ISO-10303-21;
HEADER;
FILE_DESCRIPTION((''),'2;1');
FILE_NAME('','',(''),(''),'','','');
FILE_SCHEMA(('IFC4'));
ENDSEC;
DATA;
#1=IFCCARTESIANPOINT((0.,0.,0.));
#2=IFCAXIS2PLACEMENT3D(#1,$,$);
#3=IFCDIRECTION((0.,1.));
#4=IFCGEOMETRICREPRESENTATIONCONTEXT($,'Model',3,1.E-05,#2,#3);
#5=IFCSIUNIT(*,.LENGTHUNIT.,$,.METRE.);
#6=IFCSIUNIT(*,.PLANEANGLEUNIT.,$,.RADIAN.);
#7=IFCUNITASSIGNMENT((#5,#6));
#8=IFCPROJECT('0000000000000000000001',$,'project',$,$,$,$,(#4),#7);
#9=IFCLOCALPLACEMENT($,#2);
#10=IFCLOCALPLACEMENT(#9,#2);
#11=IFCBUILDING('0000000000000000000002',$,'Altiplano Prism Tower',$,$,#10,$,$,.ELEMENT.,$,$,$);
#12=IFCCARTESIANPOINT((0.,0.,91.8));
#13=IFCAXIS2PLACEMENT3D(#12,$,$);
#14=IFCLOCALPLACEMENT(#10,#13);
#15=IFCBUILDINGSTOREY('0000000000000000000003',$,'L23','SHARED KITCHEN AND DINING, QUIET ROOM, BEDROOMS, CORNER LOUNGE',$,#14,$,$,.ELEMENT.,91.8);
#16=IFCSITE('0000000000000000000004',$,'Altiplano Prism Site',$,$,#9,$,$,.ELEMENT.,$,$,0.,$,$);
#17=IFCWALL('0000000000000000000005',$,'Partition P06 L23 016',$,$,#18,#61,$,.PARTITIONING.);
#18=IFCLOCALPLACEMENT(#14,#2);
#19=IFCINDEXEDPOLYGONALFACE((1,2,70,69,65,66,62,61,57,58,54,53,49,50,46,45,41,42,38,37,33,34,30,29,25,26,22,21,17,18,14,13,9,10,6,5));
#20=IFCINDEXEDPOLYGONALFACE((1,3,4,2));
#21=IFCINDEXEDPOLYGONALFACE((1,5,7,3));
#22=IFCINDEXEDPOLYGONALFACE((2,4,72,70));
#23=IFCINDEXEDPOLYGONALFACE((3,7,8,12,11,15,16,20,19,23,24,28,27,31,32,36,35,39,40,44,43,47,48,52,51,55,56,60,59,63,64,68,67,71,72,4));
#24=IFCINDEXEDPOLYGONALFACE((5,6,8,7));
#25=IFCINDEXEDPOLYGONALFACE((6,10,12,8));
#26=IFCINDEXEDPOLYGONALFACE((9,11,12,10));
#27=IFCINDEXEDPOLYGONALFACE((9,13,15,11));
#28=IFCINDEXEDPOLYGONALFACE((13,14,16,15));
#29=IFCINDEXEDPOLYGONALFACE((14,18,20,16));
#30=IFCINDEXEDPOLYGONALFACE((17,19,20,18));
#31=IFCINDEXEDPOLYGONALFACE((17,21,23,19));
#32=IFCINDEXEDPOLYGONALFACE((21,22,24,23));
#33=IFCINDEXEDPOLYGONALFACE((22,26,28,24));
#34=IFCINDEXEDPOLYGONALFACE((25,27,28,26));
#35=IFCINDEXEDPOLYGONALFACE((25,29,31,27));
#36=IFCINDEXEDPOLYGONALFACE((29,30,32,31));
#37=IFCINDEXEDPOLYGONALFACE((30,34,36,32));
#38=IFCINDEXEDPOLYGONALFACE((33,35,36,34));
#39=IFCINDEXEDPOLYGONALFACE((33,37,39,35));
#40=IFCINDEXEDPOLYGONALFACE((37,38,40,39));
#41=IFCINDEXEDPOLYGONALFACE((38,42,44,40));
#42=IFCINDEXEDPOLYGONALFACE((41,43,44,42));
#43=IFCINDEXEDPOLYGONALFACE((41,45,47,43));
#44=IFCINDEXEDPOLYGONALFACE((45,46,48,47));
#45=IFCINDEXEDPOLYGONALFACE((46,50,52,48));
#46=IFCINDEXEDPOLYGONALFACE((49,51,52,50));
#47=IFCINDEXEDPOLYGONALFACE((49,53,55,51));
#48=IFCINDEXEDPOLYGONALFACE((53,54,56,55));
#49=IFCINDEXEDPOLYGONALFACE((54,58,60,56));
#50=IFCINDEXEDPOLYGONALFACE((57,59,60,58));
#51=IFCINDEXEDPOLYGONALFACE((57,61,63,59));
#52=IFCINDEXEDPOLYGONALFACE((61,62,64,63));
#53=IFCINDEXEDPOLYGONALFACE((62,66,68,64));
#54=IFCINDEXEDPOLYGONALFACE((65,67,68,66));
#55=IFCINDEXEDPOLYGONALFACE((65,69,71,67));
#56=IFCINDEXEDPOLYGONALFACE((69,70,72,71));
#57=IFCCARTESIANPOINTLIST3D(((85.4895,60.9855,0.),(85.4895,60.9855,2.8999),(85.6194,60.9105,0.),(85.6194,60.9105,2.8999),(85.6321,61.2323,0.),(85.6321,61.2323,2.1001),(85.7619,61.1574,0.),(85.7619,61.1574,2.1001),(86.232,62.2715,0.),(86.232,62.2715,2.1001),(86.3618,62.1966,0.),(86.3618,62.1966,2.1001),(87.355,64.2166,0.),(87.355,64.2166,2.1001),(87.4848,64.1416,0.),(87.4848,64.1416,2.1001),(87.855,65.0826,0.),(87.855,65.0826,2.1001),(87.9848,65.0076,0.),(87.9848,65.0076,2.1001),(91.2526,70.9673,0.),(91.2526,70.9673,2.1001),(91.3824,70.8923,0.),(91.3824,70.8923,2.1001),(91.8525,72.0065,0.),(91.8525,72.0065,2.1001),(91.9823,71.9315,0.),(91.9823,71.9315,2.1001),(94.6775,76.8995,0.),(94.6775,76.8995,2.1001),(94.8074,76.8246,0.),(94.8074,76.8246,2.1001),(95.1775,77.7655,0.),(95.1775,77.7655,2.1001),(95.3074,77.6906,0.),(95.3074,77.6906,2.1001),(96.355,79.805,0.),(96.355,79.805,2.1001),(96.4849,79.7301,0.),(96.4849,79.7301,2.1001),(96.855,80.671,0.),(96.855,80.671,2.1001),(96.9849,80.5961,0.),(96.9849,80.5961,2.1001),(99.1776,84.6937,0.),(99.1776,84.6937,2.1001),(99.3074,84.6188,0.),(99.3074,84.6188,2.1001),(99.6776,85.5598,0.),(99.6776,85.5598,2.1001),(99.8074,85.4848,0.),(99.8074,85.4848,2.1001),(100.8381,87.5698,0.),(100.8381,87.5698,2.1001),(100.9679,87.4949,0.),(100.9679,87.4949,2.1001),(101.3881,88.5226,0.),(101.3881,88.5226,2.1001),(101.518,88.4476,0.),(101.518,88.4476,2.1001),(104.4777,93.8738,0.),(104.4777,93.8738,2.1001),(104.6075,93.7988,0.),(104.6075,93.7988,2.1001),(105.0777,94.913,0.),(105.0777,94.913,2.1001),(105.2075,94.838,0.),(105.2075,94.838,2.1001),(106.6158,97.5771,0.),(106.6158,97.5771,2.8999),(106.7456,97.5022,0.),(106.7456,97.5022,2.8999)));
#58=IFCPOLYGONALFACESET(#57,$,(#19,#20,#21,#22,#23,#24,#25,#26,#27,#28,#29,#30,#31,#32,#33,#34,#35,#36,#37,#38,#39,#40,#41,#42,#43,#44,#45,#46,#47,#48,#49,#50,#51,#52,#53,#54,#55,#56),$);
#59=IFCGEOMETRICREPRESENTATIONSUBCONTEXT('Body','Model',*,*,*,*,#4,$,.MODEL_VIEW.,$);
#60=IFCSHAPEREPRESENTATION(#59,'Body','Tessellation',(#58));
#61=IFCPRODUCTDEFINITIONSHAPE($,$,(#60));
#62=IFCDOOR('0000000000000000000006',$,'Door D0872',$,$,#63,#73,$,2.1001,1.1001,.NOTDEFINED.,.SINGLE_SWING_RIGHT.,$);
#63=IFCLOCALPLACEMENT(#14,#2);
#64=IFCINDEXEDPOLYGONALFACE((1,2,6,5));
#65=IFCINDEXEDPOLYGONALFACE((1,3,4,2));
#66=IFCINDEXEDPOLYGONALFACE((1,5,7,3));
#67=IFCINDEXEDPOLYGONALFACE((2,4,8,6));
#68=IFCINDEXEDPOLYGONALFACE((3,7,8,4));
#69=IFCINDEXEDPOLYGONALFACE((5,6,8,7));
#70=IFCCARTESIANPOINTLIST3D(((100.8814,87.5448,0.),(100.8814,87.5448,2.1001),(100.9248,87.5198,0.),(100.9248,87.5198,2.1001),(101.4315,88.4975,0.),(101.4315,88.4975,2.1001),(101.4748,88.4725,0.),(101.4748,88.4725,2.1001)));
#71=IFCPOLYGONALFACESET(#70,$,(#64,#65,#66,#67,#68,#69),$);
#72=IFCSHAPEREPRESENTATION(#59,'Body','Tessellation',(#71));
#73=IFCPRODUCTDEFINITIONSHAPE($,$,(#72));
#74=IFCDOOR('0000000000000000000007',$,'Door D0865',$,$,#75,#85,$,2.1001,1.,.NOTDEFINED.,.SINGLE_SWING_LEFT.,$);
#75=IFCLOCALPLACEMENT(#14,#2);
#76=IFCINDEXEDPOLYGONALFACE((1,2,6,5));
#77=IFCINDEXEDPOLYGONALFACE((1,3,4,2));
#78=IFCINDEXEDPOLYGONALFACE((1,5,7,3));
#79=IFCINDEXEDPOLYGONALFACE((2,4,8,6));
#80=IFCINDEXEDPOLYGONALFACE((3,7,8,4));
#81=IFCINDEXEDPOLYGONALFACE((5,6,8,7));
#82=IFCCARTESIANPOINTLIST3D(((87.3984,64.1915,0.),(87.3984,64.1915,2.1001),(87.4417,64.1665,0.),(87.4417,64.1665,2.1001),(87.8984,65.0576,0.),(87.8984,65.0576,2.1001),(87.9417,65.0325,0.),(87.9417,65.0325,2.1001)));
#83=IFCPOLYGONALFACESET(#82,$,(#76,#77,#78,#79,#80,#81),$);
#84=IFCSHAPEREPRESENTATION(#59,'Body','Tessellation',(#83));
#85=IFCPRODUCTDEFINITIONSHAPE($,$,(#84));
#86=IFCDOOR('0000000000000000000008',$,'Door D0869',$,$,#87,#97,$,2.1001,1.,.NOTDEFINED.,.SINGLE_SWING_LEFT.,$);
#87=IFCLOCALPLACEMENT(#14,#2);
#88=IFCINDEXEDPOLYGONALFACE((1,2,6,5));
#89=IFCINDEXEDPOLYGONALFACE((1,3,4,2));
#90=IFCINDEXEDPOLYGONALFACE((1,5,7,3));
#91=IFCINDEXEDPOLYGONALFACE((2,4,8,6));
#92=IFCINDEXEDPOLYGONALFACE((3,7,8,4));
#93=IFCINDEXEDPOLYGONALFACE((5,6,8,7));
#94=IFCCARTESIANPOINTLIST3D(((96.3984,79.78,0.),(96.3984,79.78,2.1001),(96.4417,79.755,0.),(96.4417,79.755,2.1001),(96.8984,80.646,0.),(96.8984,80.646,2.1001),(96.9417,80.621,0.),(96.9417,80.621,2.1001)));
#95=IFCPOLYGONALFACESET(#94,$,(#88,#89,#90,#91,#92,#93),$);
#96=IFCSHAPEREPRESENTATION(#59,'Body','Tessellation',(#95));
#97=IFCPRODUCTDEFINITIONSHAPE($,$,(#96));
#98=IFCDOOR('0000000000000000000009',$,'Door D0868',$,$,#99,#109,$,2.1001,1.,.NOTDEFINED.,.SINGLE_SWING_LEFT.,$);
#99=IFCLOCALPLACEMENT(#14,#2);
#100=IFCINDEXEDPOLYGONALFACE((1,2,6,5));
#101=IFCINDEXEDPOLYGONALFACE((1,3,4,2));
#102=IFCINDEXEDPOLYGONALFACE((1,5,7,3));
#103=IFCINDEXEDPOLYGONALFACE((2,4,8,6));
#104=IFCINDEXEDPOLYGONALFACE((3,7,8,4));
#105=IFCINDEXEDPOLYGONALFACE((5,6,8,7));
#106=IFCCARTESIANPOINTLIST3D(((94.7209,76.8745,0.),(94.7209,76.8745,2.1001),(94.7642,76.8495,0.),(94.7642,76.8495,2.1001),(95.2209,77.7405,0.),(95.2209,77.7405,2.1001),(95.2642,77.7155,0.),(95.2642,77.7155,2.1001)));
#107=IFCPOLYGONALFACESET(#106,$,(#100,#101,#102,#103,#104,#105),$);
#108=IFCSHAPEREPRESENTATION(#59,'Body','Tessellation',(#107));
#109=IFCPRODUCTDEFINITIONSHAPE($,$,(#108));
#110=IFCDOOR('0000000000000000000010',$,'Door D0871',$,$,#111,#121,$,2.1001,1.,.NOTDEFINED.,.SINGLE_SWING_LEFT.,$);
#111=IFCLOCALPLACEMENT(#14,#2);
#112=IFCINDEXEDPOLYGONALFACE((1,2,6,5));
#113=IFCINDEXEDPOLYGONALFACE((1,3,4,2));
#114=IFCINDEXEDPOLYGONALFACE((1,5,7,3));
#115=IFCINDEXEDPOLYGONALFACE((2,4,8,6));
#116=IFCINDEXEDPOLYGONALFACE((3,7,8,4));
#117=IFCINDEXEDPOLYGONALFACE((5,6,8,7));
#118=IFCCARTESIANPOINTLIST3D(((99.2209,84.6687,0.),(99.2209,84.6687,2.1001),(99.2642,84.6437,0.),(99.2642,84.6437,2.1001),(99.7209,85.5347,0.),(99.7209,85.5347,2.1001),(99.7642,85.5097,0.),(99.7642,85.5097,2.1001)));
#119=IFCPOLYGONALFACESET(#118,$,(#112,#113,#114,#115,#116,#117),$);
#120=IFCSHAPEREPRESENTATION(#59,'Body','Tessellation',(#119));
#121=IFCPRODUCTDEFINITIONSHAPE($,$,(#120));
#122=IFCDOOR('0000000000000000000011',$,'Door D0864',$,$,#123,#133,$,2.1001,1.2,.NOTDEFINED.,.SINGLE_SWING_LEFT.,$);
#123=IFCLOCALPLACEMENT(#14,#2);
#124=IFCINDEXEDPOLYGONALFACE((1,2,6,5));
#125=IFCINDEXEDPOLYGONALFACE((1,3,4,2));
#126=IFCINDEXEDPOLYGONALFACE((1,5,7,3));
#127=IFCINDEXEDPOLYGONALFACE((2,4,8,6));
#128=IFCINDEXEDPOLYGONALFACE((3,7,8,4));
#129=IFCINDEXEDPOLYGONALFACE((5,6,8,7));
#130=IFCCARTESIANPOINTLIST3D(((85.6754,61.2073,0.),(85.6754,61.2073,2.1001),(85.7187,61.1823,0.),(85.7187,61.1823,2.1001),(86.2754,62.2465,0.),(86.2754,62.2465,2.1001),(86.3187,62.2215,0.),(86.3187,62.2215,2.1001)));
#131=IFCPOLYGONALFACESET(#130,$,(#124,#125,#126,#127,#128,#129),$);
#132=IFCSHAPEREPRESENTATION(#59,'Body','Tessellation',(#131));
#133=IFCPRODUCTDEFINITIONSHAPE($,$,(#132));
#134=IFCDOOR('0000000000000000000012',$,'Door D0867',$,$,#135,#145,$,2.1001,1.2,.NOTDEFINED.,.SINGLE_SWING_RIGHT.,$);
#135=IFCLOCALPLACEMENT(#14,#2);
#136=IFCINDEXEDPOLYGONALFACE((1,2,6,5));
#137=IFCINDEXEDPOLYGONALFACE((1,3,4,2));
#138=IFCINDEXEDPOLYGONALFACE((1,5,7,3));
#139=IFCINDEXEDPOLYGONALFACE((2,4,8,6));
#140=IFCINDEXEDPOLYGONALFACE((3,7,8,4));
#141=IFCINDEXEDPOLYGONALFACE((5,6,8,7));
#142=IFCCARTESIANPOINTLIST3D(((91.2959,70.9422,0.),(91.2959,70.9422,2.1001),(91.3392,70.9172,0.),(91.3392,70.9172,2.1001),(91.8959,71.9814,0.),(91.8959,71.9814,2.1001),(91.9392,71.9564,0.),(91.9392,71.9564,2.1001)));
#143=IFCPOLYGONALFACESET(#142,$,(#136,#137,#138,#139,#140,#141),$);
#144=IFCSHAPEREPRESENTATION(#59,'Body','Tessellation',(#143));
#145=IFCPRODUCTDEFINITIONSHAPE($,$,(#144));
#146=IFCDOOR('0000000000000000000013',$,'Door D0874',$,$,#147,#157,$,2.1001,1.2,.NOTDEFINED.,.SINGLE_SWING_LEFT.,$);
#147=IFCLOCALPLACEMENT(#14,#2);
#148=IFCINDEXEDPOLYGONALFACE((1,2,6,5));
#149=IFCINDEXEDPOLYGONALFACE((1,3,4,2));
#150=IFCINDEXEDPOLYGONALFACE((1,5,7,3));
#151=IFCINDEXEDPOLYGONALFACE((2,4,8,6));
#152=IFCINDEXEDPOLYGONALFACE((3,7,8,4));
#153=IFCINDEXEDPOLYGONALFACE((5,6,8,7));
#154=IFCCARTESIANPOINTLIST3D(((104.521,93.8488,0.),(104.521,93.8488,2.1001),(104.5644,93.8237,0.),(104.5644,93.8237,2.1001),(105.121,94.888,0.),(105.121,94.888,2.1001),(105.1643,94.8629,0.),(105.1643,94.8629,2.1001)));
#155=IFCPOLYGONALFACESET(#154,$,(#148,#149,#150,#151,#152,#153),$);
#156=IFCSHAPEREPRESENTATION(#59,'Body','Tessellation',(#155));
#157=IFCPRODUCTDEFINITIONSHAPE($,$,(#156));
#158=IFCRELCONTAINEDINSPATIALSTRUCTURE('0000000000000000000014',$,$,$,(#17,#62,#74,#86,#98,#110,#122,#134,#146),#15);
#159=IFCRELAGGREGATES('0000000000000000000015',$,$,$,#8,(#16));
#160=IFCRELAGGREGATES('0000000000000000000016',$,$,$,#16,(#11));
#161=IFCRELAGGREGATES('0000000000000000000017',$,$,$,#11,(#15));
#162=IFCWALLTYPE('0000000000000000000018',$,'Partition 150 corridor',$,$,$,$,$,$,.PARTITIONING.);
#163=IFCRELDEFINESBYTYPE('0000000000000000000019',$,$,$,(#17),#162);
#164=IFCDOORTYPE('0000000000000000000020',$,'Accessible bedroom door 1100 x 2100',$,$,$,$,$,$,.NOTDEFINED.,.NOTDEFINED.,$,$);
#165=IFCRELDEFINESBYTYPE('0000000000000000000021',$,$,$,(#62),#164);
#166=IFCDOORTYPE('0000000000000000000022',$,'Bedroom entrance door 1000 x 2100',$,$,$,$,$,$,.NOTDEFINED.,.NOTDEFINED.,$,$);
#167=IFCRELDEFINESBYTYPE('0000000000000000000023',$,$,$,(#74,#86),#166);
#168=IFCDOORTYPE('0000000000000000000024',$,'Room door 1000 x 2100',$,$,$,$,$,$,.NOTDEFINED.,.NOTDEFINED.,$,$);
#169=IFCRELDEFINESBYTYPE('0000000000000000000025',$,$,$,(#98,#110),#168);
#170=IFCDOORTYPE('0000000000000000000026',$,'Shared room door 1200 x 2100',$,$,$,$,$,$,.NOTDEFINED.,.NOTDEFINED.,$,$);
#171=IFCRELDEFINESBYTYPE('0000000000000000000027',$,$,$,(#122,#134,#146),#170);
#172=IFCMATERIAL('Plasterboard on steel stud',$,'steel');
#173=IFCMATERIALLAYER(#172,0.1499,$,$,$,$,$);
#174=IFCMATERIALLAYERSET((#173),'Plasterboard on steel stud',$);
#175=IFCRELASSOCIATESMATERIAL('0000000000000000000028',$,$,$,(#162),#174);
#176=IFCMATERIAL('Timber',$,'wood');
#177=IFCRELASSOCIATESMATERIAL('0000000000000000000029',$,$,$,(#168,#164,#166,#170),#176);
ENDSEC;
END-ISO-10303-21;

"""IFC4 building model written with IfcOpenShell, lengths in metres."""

from ifc_helpers import new_model, si_unit, direction, frame, frame_2d, origin, place, context, subcontext, project, spatial, rectangle, extrude, material, layer, layer_set, type_object, element, fill, save


model = new_model("IFC4")

# Units and contexts
model_context = context("Model", 3, precision=1e-05, world=origin(), true_north=direction((0.0, 1.0)))
body_context = subcontext(model_context, "Body", "Model", "MODEL_VIEW")
ifc_project = project(units=[si_unit("LENGTHUNIT", "METRE"), si_unit("PLANEANGLEUNIT", "RADIAN")], contexts=[model_context])

# Site, building, storey
site_placement = place(None, origin())
site = spatial("IfcSite", under=ifc_project, at=site_placement, Name="Altiplano Prism Site", CompositionType="ELEMENT", RefElevation=0.0)
building_placement = place(site_placement, origin())
building = spatial("IfcBuilding", under=site, at=building_placement, Name="Altiplano Prism Tower", CompositionType="ELEMENT")
storey_placement = place(building_placement, frame((0.0, 0.0, 91.8)))
storey = spatial("IfcBuildingStorey", under=building, at=storey_placement, Name="L23", Description="SHARED KITCHEN AND DINING, QUIET ROOM, BEDROOMS, CORNER LOUNGE", CompositionType="ELEMENT", Elevation=91.8)

# Shared definitions
ifc_material_1 = material(Name="Plasterboard on steel stud", Category="steel")

# Shared definitions
ifc_layer_1 = layer(ifc_material_1, 0.1499)
ifc_layer_set_1 = layer_set([ifc_layer_1], Name="Plasterboard on steel stud")
wall_type_1 = type_object("IfcWallType", Name="Partition 150 corridor", PredefinedType="PARTITIONING", material=ifc_layer_set_1)
ifc_material_2 = material(Name="Timber", Category="wood")
door_type_1 = type_object("IfcDoorType", Name="Room door 1000 x 2100", OperationType="NOTDEFINED", PredefinedType="NOTDEFINED", material=ifc_material_2)

# Wall, openings, doors
wall_1_placement = place(storey_placement, frame((85.5544, 60.948, 0.0), z_axis=(0.0, 0.0, 1.0), x_axis=(0.500001, 0.866025, 0.0)))
wall_1 = element("IfcWall", 1, at=wall_1_placement, inside=storey, type_object=wall_type_1, Name="Partition P06 L23 016", PredefinedType="PARTITIONING", context=body_context, shape_type="SweptSolid", body=[
    extrude(rectangle(XDim=42.2524, YDim=0.1499, at=frame_2d((21.1262, 0.0))), origin(), (0.0, 0.0, 1.0), 2.8999),
])
opening_1_placement = place(wall_1_placement, frame((0.2849, 0.0, 0.0)))
opening_1 = element("IfcOpeningElement", 2, at=opening_1_placement, cuts=wall_1, PredefinedType="OPENING", context=body_context, shape_type="SweptSolid", body=[
    extrude(rectangle(XDim=1.2, YDim=2.1001, at=frame_2d((0.6001, 1.05))), frame((0.0, 0.0854, 0.0), z_axis=(0.0, -1.0, 0.0), x_axis=(1.0, 0.0, 0.0)), (0.0, 0.0, 1.0), 0.1709),
])
opening_2_placement = place(wall_1_placement, frame((3.731, 0.0, 0.0)))
opening_2 = element("IfcOpeningElement", 3, at=opening_2_placement, cuts=wall_1, PredefinedType="OPENING", context=body_context, shape_type="SweptSolid", body=[
    extrude(rectangle(XDim=1.0, YDim=2.1001, at=frame_2d((0.5, 1.05))), frame((0.0, 0.0854, 0.0), z_axis=(0.0, -1.0, 0.0), x_axis=(1.0, 0.0, 0.0)), (0.0, 0.0, 1.0), 0.1709),
])
opening_3_placement = place(wall_1_placement, frame((11.5259, 0.0, 0.0)))
opening_3 = element("IfcOpeningElement", 4, at=opening_3_placement, cuts=wall_1, PredefinedType="OPENING", context=body_context, shape_type="SweptSolid", body=[
    extrude(rectangle(XDim=1.2, YDim=2.1001, at=frame_2d((0.6001, 1.05))), frame((0.0, 0.0854, 0.0), z_axis=(0.0, -1.0, 0.0), x_axis=(1.0, 0.0, 0.0)), (0.0, 0.0, 1.0), 0.1709),
])
opening_4_placement = place(wall_1_placement, frame((18.376, 0.0, 0.0)))
opening_4 = element("IfcOpeningElement", 5, at=opening_4_placement, cuts=wall_1, PredefinedType="OPENING", context=body_context, shape_type="SweptSolid", body=[
    extrude(rectangle(XDim=1.0, YDim=2.1001, at=frame_2d((0.5, 1.05))), frame((0.0, 0.0854, 0.0), z_axis=(0.0, -1.0, 0.0), x_axis=(1.0, 0.0, 0.0)), (0.0, 0.0, 1.0), 0.1709),
])
opening_5_placement = place(wall_1_placement, frame((21.731, 0.0, 0.0)))
opening_5 = element("IfcOpeningElement", 6, at=opening_5_placement, cuts=wall_1, PredefinedType="OPENING", context=body_context, shape_type="SweptSolid", body=[
    extrude(rectangle(XDim=1.0, YDim=2.1001, at=frame_2d((0.5, 1.05))), frame((0.0, 0.0854, 0.0), z_axis=(0.0, -1.0, 0.0), x_axis=(1.0, 0.0, 0.0)), (0.0, 0.0, 1.0), 0.1709),
])
opening_6_placement = place(wall_1_placement, frame((27.376, 0.0, 0.0)))
opening_6 = element("IfcOpeningElement", 7, at=opening_6_placement, cuts=wall_1, PredefinedType="OPENING", context=body_context, shape_type="SweptSolid", body=[
    extrude(rectangle(XDim=1.0, YDim=2.1001, at=frame_2d((0.5, 1.05))), frame((0.0, 0.0854, 0.0), z_axis=(0.0, -1.0, 0.0), x_axis=(1.0, 0.0, 0.0)), (0.0, 0.0, 1.0), 0.1709),
])
opening_7_placement = place(wall_1_placement, frame((30.697, 0.0, 0.0)))
opening_7 = element("IfcOpeningElement", 8, at=opening_7_placement, cuts=wall_1, PredefinedType="OPENING", context=body_context, shape_type="SweptSolid", body=[
    extrude(rectangle(XDim=1.1001, YDim=2.1001, at=frame_2d((0.55, 1.05))), frame((0.0, 0.0854, 0.0), z_axis=(0.0, -1.0, 0.0), x_axis=(1.0, 0.0, 0.0)), (0.0, 0.0, 1.0), 0.1709),
])
opening_8_placement = place(wall_1_placement, frame((37.9761, 0.0, 0.0)))
opening_8 = element("IfcOpeningElement", 9, at=opening_8_placement, cuts=wall_1, PredefinedType="OPENING", context=body_context, shape_type="SweptSolid", body=[
    extrude(rectangle(XDim=1.2, YDim=2.1001, at=frame_2d((0.6001, 1.05))), frame((0.0, 0.0854, 0.0), z_axis=(0.0, -1.0, 0.0), x_axis=(1.0, 0.0, 0.0)), (0.0, 0.0, 1.0), 0.1709),
])
door_type_2 = type_object("IfcDoorType", Name="Accessible bedroom door 1100 x 2100", OperationType="NOTDEFINED", PredefinedType="NOTDEFINED", material=ifc_material_2)
door_1_placement = place(opening_7_placement, origin())
door_1 = element("IfcDoor", 10, at=door_1_placement, inside=storey, type_object=door_type_2, Name="Door D0872", OperationType="SINGLE_SWING_RIGHT", OverallHeight=2.1001, OverallWidth=1.1001, PredefinedType="NOTDEFINED", context=body_context, shape_type="SweptSolid", body=[
    extrude(rectangle(XDim=1.1001, YDim=2.1001, at=frame_2d((0.55, 1.05))), frame((0.0, 0.0249, 0.0), z_axis=(0.0, -1.0, 0.0), x_axis=(1.0, 0.0, 0.0)), (0.0, 0.0, 1.0), 0.05),
])
fill(opening_7, door_1)
door_type_3 = type_object("IfcDoorType", Name="Bedroom entrance door 1000 x 2100", OperationType="NOTDEFINED", PredefinedType="NOTDEFINED", material=ifc_material_2)
door_2_placement = place(opening_2_placement, origin())
door_2 = element("IfcDoor", 11, at=door_2_placement, inside=storey, type_object=door_type_3, Name="Door D0865", OperationType="SINGLE_SWING_LEFT", OverallHeight=2.1001, OverallWidth=1.0, PredefinedType="NOTDEFINED", context=body_context, shape_type="SweptSolid", body=[
    extrude(rectangle(XDim=1.0, YDim=2.1001, at=frame_2d((0.5, 1.05))), frame((0.0, 0.0249, 0.0), z_axis=(0.0, -1.0, 0.0), x_axis=(1.0, 0.0, 0.0)), (0.0, 0.0, 1.0), 0.05),
])
fill(opening_2, door_2)
door_3_placement = place(opening_5_placement, origin())
door_3 = element("IfcDoor", 12, at=door_3_placement, inside=storey, type_object=door_type_3, Name="Door D0869", OperationType="SINGLE_SWING_LEFT", OverallHeight=2.1001, OverallWidth=1.0, PredefinedType="NOTDEFINED", context=body_context, shape_type="SweptSolid", body=[
    extrude(rectangle(XDim=1.0, YDim=2.1001, at=frame_2d((0.5, 1.05))), frame((0.0, 0.0249, 0.0), z_axis=(0.0, -1.0, 0.0), x_axis=(1.0, 0.0, 0.0)), (0.0, 0.0, 1.0), 0.05),
])
fill(opening_5, door_3)
door_4_placement = place(opening_4_placement, origin())
door_4 = element("IfcDoor", 13, at=door_4_placement, inside=storey, type_object=door_type_1, Name="Door D0868", OperationType="SINGLE_SWING_LEFT", OverallHeight=2.1001, OverallWidth=1.0, PredefinedType="NOTDEFINED", context=body_context, shape_type="SweptSolid", body=[
    extrude(rectangle(XDim=1.0, YDim=2.1001, at=frame_2d((0.5, 1.05))), frame((0.0, 0.0249, 0.0), z_axis=(0.0, -1.0, 0.0), x_axis=(1.0, 0.0, 0.0)), (0.0, 0.0, 1.0), 0.05),
])
fill(opening_4, door_4)
door_5_placement = place(opening_6_placement, origin())
door_5 = element("IfcDoor", 14, at=door_5_placement, inside=storey, type_object=door_type_1, Name="Door D0871", OperationType="SINGLE_SWING_LEFT", OverallHeight=2.1001, OverallWidth=1.0, PredefinedType="NOTDEFINED", context=body_context, shape_type="SweptSolid", body=[
    extrude(rectangle(XDim=1.0, YDim=2.1001, at=frame_2d((0.5, 1.05))), frame((0.0, 0.0249, 0.0), z_axis=(0.0, -1.0, 0.0), x_axis=(1.0, 0.0, 0.0)), (0.0, 0.0, 1.0), 0.05),
])
fill(opening_6, door_5)
door_type_4 = type_object("IfcDoorType", Name="Shared room door 1200 x 2100", OperationType="NOTDEFINED", PredefinedType="NOTDEFINED", material=ifc_material_2)
door_6_placement = place(opening_1_placement, origin())
door_6 = element("IfcDoor", 15, at=door_6_placement, inside=storey, type_object=door_type_4, Name="Door D0864", OperationType="SINGLE_SWING_LEFT", OverallHeight=2.1001, OverallWidth=1.2, PredefinedType="NOTDEFINED", context=body_context, shape_type="SweptSolid", body=[
    extrude(rectangle(XDim=1.2, YDim=2.1001, at=frame_2d((0.6001, 1.05))), frame((0.0, 0.0249, 0.0), z_axis=(0.0, -1.0, 0.0), x_axis=(1.0, 0.0, 0.0)), (0.0, 0.0, 1.0), 0.05),
])
fill(opening_1, door_6)
door_7_placement = place(opening_3_placement, origin())
door_7 = element("IfcDoor", 16, at=door_7_placement, inside=storey, type_object=door_type_4, Name="Door D0867", OperationType="SINGLE_SWING_RIGHT", OverallHeight=2.1001, OverallWidth=1.2, PredefinedType="NOTDEFINED", context=body_context, shape_type="SweptSolid", body=[
    extrude(rectangle(XDim=1.2, YDim=2.1001, at=frame_2d((0.6001, 1.05))), frame((0.0, 0.0249, 0.0), z_axis=(0.0, -1.0, 0.0), x_axis=(1.0, 0.0, 0.0)), (0.0, 0.0, 1.0), 0.05),
])
fill(opening_3, door_7)
door_8_placement = place(opening_8_placement, origin())
door_8 = element("IfcDoor", 17, at=door_8_placement, inside=storey, type_object=door_type_4, Name="Door D0874", OperationType="SINGLE_SWING_LEFT", OverallHeight=2.1001, OverallWidth=1.2, PredefinedType="NOTDEFINED", context=body_context, shape_type="SweptSolid", body=[
    extrude(rectangle(XDim=1.2, YDim=2.1001, at=frame_2d((0.6001, 1.05))), frame((0.0, 0.0249, 0.0), z_axis=(0.0, -1.0, 0.0), x_axis=(1.0, 0.0, 0.0)), (0.0, 0.0, 1.0), 0.05),
])
fill(opening_8, door_8)

save(model, "model.ifc")
